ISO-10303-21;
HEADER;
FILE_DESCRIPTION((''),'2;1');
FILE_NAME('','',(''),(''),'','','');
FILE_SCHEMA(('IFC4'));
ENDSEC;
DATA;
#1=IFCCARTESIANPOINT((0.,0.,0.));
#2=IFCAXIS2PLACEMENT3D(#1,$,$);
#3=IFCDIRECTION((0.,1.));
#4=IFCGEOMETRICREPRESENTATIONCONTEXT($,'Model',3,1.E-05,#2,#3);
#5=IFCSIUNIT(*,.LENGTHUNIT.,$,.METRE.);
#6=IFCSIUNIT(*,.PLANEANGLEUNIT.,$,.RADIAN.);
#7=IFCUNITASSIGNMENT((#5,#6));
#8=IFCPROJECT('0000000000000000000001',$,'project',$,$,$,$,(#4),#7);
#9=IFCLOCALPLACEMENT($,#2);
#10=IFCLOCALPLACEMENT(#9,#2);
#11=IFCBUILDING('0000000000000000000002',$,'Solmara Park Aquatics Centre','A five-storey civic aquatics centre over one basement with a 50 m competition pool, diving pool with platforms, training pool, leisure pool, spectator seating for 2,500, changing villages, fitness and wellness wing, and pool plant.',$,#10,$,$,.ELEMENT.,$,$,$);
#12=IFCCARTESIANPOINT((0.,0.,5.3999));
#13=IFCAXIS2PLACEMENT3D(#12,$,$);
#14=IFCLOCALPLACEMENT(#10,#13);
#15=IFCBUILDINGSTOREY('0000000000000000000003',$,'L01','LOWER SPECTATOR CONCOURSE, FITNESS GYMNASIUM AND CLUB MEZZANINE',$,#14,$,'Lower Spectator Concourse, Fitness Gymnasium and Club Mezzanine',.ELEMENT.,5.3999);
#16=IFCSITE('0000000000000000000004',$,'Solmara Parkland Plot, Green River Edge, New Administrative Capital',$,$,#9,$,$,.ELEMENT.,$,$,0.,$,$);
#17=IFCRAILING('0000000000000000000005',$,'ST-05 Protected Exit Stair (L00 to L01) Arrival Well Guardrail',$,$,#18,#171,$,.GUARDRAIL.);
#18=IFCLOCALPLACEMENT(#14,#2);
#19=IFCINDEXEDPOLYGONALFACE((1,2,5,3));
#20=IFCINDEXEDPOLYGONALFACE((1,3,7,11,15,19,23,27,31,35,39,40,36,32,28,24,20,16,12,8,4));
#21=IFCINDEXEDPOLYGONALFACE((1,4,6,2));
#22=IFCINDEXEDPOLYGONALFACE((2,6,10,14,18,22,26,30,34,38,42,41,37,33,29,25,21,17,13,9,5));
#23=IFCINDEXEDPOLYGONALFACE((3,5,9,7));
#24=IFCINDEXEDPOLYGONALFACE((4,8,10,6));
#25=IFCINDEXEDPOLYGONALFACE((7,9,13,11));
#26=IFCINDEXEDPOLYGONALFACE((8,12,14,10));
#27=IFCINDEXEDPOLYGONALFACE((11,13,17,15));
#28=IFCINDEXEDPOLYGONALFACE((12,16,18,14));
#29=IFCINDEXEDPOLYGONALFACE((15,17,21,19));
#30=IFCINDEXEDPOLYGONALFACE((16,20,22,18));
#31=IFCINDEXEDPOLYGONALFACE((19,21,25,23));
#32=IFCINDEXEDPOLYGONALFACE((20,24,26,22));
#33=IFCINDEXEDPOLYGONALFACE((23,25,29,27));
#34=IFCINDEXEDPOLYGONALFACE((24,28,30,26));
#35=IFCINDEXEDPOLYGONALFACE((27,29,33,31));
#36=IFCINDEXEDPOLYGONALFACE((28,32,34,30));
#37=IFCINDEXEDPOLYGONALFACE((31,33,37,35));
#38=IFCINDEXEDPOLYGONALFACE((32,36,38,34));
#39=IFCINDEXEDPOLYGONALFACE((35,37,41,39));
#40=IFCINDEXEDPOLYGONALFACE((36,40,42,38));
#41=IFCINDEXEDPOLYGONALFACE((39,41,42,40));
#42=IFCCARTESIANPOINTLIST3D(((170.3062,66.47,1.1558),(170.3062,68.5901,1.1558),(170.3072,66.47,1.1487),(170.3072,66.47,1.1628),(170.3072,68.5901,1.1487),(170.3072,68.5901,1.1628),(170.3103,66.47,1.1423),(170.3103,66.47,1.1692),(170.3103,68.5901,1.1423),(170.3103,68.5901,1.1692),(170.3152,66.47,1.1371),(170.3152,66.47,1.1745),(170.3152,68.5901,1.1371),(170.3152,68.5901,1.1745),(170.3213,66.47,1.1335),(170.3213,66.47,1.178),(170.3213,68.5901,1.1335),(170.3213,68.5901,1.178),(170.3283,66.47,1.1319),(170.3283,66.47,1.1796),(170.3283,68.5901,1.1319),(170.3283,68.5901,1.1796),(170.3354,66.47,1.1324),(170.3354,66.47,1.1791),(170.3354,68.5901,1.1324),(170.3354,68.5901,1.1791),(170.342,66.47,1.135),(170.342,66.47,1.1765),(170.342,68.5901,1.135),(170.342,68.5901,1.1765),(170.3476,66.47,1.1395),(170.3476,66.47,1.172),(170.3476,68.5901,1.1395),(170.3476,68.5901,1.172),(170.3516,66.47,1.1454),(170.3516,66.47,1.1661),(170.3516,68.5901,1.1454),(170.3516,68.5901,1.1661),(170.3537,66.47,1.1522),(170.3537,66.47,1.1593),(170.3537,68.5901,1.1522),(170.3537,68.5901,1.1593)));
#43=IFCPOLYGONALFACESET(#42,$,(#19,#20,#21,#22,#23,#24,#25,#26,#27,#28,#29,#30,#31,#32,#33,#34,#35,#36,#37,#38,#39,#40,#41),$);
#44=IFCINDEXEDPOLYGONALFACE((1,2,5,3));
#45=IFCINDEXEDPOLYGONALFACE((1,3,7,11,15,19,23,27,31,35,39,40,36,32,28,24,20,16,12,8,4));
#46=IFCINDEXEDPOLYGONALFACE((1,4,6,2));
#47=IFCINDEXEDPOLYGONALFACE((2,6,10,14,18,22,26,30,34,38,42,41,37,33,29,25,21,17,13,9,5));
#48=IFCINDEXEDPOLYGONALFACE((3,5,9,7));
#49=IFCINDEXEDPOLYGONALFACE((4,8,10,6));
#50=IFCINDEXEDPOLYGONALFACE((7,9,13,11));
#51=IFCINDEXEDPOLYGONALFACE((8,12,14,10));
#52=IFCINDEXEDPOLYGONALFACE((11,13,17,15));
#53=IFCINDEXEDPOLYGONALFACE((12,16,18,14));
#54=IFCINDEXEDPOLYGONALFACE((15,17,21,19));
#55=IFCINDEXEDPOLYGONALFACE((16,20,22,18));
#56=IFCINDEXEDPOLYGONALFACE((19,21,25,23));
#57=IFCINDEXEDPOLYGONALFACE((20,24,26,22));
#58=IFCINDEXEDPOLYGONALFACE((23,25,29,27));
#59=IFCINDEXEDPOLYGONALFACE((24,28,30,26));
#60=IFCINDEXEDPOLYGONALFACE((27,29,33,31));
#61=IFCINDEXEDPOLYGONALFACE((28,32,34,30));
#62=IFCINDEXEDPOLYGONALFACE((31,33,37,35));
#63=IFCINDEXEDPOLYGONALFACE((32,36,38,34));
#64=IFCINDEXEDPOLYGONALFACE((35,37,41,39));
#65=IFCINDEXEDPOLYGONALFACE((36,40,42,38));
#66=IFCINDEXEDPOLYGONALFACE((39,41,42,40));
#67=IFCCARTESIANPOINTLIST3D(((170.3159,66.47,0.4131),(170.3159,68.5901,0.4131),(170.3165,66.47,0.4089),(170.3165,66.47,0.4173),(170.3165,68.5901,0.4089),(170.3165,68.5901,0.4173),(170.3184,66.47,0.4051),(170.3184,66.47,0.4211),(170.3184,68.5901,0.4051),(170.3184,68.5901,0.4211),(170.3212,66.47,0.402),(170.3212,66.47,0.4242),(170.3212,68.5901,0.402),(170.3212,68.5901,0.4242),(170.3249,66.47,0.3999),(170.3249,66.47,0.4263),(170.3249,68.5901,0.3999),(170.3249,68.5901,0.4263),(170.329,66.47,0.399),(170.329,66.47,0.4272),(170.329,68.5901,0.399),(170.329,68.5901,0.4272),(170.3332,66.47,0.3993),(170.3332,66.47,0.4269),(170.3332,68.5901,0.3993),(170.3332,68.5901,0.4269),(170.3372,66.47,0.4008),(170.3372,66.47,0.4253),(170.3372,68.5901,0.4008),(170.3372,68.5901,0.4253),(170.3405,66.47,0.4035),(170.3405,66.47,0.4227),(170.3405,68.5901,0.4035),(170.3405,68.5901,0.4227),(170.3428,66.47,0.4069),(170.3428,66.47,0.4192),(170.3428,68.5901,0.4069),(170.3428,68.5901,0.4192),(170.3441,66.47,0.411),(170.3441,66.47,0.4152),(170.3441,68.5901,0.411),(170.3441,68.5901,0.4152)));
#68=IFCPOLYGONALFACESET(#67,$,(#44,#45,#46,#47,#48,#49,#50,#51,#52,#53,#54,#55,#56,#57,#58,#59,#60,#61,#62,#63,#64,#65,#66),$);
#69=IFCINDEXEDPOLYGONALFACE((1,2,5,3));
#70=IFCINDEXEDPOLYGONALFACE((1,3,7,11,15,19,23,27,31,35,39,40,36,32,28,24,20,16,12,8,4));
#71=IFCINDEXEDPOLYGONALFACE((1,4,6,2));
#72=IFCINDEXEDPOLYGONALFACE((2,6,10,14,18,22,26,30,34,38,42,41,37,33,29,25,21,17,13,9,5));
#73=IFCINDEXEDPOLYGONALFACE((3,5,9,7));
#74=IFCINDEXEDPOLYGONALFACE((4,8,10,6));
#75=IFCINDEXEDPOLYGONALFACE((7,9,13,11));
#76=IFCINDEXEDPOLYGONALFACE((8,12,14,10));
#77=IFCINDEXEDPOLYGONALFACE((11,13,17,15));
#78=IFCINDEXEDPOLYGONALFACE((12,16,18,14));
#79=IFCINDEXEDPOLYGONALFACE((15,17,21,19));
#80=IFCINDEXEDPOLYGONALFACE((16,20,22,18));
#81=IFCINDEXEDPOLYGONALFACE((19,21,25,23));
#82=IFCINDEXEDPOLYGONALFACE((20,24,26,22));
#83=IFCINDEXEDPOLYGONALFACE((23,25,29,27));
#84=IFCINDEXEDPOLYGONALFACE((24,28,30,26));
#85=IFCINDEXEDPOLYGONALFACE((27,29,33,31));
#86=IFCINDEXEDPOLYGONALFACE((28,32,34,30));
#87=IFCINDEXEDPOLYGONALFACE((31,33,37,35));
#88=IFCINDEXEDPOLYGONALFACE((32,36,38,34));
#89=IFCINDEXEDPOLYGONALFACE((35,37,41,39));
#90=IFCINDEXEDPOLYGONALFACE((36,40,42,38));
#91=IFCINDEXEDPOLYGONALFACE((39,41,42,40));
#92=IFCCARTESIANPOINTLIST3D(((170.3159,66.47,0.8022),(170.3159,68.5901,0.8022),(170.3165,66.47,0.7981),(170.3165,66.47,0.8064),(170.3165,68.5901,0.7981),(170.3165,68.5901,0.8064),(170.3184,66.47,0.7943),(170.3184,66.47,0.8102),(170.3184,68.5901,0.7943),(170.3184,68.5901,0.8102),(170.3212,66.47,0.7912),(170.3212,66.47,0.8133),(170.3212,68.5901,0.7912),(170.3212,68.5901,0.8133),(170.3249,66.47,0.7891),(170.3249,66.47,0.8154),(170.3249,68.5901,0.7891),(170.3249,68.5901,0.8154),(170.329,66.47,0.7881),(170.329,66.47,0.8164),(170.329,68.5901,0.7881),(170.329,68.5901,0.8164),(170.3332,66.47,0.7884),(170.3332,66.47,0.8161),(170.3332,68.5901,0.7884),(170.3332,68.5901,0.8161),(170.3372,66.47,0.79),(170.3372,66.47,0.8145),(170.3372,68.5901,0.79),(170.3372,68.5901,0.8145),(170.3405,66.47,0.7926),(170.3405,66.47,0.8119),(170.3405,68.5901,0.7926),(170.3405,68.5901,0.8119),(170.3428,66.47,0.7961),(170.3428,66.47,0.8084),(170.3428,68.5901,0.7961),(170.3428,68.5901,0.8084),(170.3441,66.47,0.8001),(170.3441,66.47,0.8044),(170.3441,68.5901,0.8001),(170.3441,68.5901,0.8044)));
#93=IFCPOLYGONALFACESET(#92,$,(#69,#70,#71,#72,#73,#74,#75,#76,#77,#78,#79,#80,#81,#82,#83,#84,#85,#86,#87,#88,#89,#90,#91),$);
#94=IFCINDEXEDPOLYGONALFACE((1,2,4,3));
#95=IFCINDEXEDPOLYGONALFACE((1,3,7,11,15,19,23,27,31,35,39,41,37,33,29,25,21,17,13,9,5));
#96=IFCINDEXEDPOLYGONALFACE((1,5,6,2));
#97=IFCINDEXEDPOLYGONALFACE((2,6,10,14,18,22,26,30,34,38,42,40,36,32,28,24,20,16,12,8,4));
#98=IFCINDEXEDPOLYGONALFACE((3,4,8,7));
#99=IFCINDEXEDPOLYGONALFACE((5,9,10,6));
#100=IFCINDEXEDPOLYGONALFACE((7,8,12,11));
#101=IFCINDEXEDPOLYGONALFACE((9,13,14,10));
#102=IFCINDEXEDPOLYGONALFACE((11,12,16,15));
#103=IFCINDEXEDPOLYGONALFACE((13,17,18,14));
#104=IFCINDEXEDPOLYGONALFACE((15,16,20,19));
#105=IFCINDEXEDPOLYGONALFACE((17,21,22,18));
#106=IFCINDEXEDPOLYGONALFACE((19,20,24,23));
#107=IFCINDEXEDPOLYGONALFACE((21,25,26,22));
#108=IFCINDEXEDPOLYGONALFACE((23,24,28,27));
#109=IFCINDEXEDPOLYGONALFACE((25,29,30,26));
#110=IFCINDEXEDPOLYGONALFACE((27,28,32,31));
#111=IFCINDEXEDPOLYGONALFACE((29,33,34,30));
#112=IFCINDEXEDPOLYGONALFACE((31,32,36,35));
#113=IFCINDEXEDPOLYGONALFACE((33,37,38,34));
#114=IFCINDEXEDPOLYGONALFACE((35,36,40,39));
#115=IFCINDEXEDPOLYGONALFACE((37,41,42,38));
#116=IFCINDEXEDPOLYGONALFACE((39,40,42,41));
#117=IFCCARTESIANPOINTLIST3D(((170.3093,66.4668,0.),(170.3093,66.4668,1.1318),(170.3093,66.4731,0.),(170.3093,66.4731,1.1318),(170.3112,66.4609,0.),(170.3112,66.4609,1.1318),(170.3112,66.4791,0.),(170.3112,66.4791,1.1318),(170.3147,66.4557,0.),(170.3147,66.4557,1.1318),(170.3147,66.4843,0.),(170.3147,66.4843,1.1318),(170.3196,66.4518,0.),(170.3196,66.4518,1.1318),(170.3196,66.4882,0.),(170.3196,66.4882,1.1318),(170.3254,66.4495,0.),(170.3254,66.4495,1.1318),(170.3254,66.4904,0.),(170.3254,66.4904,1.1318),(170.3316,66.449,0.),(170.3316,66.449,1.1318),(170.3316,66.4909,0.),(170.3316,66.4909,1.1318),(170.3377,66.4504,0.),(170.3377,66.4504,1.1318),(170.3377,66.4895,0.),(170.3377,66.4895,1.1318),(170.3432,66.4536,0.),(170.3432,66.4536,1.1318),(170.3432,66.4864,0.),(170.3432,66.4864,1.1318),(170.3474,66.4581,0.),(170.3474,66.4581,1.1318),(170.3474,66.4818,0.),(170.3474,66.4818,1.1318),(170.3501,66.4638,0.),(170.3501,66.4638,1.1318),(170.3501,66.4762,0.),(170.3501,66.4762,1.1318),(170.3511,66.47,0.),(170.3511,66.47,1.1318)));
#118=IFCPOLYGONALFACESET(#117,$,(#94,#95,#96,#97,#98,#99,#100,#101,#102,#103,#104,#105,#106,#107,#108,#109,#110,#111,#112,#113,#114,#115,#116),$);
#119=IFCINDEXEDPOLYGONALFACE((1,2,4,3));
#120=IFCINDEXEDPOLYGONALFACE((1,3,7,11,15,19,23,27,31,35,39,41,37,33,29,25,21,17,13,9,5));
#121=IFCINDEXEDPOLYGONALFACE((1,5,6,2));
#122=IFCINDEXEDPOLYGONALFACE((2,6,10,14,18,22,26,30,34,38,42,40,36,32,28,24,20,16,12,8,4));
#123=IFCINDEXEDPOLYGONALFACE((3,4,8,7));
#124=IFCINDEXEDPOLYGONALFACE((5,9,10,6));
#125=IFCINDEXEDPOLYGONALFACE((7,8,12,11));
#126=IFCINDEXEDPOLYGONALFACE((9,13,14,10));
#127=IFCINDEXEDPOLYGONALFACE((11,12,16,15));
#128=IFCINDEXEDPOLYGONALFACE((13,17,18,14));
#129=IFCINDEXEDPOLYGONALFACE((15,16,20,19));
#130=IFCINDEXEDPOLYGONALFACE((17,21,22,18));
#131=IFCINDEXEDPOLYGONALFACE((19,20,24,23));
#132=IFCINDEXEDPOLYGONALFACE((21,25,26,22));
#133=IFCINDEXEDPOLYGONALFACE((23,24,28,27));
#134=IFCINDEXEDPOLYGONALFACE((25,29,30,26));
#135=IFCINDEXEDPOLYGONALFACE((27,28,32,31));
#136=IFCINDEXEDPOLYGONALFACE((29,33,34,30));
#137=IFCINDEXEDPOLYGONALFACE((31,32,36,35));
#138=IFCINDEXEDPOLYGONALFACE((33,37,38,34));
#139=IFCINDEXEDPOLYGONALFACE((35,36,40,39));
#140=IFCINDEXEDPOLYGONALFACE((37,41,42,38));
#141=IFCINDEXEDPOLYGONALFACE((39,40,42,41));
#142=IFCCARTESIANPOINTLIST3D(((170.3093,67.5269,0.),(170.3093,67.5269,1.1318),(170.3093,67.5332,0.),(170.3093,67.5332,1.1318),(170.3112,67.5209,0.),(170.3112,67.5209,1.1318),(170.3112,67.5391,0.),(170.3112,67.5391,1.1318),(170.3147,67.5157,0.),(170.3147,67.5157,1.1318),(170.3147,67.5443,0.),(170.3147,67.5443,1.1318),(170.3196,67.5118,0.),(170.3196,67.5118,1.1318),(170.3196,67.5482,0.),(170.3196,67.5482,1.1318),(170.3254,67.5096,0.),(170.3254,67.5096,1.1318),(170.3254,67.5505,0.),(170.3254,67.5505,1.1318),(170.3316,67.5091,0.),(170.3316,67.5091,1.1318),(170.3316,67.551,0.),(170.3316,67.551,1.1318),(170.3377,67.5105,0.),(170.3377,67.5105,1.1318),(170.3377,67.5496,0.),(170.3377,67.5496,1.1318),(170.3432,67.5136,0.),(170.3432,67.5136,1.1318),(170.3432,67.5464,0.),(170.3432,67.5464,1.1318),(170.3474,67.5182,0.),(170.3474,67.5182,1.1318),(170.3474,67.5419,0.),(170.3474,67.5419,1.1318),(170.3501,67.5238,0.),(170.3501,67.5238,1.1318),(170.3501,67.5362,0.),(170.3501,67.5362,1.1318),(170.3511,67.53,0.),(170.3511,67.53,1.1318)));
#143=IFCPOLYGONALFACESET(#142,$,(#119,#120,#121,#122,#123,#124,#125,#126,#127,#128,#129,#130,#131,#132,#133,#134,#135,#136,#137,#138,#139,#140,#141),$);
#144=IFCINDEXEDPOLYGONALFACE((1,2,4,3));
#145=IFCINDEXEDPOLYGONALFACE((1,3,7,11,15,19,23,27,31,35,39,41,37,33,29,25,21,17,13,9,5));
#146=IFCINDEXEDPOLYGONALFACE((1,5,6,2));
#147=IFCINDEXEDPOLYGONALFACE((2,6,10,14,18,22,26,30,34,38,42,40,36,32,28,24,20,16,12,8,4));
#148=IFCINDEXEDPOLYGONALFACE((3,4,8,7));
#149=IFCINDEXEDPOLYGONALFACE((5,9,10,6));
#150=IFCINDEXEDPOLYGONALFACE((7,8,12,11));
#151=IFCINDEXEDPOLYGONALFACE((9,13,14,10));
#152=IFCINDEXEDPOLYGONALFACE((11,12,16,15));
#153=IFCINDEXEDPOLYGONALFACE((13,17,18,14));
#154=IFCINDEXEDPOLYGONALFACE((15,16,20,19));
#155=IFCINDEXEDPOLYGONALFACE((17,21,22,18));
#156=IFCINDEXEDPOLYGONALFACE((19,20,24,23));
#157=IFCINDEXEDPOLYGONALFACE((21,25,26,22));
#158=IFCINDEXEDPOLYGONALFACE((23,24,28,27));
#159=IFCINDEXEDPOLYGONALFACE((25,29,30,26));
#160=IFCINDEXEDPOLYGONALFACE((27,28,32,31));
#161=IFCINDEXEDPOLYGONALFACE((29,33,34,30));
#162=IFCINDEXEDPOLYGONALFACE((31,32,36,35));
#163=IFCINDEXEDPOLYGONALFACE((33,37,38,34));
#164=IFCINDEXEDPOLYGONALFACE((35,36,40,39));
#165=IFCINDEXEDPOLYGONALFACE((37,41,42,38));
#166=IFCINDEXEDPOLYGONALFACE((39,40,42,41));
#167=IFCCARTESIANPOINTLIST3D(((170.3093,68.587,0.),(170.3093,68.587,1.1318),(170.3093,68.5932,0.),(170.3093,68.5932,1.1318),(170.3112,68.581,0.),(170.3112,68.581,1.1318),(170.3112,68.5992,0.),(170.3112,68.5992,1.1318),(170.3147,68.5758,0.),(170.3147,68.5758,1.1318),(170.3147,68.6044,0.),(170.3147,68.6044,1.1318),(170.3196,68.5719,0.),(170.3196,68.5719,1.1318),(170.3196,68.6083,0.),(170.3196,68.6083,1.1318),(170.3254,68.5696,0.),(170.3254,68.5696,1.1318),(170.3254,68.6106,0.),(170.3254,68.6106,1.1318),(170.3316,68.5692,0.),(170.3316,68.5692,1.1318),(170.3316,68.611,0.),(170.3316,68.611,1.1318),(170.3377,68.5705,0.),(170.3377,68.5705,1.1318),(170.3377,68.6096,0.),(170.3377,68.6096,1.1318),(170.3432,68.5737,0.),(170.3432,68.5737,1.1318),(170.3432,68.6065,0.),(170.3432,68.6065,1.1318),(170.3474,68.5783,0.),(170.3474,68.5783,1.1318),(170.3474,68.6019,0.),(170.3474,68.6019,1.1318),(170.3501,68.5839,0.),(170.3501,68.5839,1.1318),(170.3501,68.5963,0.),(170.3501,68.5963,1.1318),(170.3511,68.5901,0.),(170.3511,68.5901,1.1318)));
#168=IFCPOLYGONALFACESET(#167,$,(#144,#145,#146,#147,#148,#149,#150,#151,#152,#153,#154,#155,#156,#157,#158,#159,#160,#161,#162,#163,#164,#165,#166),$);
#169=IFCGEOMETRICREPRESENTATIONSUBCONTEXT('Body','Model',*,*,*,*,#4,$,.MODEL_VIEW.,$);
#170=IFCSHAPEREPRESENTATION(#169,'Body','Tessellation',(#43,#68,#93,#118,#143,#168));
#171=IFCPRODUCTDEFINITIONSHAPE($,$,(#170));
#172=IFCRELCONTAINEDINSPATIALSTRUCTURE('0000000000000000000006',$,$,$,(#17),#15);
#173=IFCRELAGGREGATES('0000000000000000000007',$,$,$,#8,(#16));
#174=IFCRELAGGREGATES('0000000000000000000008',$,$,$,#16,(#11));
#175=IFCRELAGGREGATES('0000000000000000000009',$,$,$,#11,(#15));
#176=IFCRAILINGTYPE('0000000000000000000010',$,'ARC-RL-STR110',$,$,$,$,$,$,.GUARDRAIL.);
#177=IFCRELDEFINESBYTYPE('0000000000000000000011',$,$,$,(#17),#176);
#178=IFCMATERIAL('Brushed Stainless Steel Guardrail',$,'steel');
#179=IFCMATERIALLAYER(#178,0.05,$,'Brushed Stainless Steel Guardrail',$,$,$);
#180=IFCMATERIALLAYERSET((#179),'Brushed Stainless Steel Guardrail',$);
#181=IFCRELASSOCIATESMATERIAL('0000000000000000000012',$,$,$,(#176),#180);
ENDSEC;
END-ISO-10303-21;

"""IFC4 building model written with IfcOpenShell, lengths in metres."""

from ifc_helpers import new_model, si_unit, direction, frame, origin, origin_2d, place, context, subcontext, project, spatial, circle, extrude, material, layer, layer_set, type_object, element, save


model = new_model("IFC4")

# Units and contexts
model_context = context("Model", 3, precision=1e-05, world=origin(), true_north=direction((0.0, 1.0)))
body_context = subcontext(model_context, "Body", "Model", "MODEL_VIEW")
ifc_project = project(units=[si_unit("LENGTHUNIT", "METRE"), si_unit("PLANEANGLEUNIT", "RADIAN")], contexts=[model_context])

# Site, building, storey
site_placement = place(None, origin())
site = spatial("IfcSite", under=ifc_project, at=site_placement, Name="Solmara Parkland Plot, Green River Edge, New Administrative Capital", CompositionType="ELEMENT", RefElevation=0.0)
building_placement = place(site_placement, origin())
building = spatial("IfcBuilding", under=site, at=building_placement, Name="Solmara Park Aquatics Centre", Description="A five-storey civic aquatics centre over one basement with a 50 m competition pool, diving pool with platforms, training pool, leisure pool, spectator seating for 2,500, changing villages, fitness and wellness wing, and pool plant.", CompositionType="ELEMENT")
storey_placement = place(building_placement, frame((0.0, 0.0, 5.3999)))
storey = spatial("IfcBuildingStorey", under=building, at=storey_placement, Name="L01", Description="LOWER SPECTATOR CONCOURSE, FITNESS GYMNASIUM AND CLUB MEZZANINE", LongName="Lower Spectator Concourse, Fitness Gymnasium and Club Mezzanine", CompositionType="ELEMENT", Elevation=5.3999)

# Railing
ifc_material_1 = material(Name="Brushed Stainless Steel Guardrail", Category="steel")
ifc_layer_1 = layer(ifc_material_1, 0.05, Name="Brushed Stainless Steel Guardrail")
ifc_layer_set_1 = layer_set([ifc_layer_1], Name="Brushed Stainless Steel Guardrail")
railing_type_1 = type_object("IfcRailingType", Name="ARC-RL-STR110", PredefinedType="GUARDRAIL", material=ifc_layer_set_1)
railing_1_placement = place(storey_placement, frame((170.3301, 66.47, 0.0)))
element("IfcRailing", 1, at=railing_1_placement, inside=storey, type_object=railing_type_1, Name="ST-05 Protected Exit Stair (L00 to L01) Arrival Well Guardrail", PredefinedType="GUARDRAIL", context=body_context, shape_type="SweptSolid", body=[
    extrude(circle(Radius=0.0239, at=origin_2d()), frame((0.0, 0.0, 1.1558), z_axis=(0.0, 1.0, 0.0), x_axis=(-1.0, 0.0, 0.0)), (0.0, 0.0, 1.0), 2.1201),
    extrude(circle(Radius=0.0142, at=origin_2d()), frame((0.0, 0.0, 0.4131), z_axis=(0.0, 1.0, 0.0), x_axis=(-1.0, 0.0, 0.0)), (0.0, 0.0, 1.0), 2.1201),
    extrude(circle(Radius=0.0142, at=origin_2d()), frame((0.0, 0.0, 0.8022), z_axis=(0.0, 1.0, 0.0), x_axis=(-1.0, 0.0, 0.0)), (0.0, 0.0, 1.0), 2.1201),
    extrude(circle(Radius=0.021, at=origin_2d()), origin(), (0.0, 0.0, 1.0), 1.1318),
    extrude(circle(Radius=0.021, at=origin_2d()), frame((0.0, 1.0601, 0.0)), (0.0, 0.0, 1.0), 1.1318),
    extrude(circle(Radius=0.021, at=origin_2d()), frame((0.0, 2.1201, 0.0)), (0.0, 0.0, 1.0), 1.1318),
])

save(model, "model.ifc")
